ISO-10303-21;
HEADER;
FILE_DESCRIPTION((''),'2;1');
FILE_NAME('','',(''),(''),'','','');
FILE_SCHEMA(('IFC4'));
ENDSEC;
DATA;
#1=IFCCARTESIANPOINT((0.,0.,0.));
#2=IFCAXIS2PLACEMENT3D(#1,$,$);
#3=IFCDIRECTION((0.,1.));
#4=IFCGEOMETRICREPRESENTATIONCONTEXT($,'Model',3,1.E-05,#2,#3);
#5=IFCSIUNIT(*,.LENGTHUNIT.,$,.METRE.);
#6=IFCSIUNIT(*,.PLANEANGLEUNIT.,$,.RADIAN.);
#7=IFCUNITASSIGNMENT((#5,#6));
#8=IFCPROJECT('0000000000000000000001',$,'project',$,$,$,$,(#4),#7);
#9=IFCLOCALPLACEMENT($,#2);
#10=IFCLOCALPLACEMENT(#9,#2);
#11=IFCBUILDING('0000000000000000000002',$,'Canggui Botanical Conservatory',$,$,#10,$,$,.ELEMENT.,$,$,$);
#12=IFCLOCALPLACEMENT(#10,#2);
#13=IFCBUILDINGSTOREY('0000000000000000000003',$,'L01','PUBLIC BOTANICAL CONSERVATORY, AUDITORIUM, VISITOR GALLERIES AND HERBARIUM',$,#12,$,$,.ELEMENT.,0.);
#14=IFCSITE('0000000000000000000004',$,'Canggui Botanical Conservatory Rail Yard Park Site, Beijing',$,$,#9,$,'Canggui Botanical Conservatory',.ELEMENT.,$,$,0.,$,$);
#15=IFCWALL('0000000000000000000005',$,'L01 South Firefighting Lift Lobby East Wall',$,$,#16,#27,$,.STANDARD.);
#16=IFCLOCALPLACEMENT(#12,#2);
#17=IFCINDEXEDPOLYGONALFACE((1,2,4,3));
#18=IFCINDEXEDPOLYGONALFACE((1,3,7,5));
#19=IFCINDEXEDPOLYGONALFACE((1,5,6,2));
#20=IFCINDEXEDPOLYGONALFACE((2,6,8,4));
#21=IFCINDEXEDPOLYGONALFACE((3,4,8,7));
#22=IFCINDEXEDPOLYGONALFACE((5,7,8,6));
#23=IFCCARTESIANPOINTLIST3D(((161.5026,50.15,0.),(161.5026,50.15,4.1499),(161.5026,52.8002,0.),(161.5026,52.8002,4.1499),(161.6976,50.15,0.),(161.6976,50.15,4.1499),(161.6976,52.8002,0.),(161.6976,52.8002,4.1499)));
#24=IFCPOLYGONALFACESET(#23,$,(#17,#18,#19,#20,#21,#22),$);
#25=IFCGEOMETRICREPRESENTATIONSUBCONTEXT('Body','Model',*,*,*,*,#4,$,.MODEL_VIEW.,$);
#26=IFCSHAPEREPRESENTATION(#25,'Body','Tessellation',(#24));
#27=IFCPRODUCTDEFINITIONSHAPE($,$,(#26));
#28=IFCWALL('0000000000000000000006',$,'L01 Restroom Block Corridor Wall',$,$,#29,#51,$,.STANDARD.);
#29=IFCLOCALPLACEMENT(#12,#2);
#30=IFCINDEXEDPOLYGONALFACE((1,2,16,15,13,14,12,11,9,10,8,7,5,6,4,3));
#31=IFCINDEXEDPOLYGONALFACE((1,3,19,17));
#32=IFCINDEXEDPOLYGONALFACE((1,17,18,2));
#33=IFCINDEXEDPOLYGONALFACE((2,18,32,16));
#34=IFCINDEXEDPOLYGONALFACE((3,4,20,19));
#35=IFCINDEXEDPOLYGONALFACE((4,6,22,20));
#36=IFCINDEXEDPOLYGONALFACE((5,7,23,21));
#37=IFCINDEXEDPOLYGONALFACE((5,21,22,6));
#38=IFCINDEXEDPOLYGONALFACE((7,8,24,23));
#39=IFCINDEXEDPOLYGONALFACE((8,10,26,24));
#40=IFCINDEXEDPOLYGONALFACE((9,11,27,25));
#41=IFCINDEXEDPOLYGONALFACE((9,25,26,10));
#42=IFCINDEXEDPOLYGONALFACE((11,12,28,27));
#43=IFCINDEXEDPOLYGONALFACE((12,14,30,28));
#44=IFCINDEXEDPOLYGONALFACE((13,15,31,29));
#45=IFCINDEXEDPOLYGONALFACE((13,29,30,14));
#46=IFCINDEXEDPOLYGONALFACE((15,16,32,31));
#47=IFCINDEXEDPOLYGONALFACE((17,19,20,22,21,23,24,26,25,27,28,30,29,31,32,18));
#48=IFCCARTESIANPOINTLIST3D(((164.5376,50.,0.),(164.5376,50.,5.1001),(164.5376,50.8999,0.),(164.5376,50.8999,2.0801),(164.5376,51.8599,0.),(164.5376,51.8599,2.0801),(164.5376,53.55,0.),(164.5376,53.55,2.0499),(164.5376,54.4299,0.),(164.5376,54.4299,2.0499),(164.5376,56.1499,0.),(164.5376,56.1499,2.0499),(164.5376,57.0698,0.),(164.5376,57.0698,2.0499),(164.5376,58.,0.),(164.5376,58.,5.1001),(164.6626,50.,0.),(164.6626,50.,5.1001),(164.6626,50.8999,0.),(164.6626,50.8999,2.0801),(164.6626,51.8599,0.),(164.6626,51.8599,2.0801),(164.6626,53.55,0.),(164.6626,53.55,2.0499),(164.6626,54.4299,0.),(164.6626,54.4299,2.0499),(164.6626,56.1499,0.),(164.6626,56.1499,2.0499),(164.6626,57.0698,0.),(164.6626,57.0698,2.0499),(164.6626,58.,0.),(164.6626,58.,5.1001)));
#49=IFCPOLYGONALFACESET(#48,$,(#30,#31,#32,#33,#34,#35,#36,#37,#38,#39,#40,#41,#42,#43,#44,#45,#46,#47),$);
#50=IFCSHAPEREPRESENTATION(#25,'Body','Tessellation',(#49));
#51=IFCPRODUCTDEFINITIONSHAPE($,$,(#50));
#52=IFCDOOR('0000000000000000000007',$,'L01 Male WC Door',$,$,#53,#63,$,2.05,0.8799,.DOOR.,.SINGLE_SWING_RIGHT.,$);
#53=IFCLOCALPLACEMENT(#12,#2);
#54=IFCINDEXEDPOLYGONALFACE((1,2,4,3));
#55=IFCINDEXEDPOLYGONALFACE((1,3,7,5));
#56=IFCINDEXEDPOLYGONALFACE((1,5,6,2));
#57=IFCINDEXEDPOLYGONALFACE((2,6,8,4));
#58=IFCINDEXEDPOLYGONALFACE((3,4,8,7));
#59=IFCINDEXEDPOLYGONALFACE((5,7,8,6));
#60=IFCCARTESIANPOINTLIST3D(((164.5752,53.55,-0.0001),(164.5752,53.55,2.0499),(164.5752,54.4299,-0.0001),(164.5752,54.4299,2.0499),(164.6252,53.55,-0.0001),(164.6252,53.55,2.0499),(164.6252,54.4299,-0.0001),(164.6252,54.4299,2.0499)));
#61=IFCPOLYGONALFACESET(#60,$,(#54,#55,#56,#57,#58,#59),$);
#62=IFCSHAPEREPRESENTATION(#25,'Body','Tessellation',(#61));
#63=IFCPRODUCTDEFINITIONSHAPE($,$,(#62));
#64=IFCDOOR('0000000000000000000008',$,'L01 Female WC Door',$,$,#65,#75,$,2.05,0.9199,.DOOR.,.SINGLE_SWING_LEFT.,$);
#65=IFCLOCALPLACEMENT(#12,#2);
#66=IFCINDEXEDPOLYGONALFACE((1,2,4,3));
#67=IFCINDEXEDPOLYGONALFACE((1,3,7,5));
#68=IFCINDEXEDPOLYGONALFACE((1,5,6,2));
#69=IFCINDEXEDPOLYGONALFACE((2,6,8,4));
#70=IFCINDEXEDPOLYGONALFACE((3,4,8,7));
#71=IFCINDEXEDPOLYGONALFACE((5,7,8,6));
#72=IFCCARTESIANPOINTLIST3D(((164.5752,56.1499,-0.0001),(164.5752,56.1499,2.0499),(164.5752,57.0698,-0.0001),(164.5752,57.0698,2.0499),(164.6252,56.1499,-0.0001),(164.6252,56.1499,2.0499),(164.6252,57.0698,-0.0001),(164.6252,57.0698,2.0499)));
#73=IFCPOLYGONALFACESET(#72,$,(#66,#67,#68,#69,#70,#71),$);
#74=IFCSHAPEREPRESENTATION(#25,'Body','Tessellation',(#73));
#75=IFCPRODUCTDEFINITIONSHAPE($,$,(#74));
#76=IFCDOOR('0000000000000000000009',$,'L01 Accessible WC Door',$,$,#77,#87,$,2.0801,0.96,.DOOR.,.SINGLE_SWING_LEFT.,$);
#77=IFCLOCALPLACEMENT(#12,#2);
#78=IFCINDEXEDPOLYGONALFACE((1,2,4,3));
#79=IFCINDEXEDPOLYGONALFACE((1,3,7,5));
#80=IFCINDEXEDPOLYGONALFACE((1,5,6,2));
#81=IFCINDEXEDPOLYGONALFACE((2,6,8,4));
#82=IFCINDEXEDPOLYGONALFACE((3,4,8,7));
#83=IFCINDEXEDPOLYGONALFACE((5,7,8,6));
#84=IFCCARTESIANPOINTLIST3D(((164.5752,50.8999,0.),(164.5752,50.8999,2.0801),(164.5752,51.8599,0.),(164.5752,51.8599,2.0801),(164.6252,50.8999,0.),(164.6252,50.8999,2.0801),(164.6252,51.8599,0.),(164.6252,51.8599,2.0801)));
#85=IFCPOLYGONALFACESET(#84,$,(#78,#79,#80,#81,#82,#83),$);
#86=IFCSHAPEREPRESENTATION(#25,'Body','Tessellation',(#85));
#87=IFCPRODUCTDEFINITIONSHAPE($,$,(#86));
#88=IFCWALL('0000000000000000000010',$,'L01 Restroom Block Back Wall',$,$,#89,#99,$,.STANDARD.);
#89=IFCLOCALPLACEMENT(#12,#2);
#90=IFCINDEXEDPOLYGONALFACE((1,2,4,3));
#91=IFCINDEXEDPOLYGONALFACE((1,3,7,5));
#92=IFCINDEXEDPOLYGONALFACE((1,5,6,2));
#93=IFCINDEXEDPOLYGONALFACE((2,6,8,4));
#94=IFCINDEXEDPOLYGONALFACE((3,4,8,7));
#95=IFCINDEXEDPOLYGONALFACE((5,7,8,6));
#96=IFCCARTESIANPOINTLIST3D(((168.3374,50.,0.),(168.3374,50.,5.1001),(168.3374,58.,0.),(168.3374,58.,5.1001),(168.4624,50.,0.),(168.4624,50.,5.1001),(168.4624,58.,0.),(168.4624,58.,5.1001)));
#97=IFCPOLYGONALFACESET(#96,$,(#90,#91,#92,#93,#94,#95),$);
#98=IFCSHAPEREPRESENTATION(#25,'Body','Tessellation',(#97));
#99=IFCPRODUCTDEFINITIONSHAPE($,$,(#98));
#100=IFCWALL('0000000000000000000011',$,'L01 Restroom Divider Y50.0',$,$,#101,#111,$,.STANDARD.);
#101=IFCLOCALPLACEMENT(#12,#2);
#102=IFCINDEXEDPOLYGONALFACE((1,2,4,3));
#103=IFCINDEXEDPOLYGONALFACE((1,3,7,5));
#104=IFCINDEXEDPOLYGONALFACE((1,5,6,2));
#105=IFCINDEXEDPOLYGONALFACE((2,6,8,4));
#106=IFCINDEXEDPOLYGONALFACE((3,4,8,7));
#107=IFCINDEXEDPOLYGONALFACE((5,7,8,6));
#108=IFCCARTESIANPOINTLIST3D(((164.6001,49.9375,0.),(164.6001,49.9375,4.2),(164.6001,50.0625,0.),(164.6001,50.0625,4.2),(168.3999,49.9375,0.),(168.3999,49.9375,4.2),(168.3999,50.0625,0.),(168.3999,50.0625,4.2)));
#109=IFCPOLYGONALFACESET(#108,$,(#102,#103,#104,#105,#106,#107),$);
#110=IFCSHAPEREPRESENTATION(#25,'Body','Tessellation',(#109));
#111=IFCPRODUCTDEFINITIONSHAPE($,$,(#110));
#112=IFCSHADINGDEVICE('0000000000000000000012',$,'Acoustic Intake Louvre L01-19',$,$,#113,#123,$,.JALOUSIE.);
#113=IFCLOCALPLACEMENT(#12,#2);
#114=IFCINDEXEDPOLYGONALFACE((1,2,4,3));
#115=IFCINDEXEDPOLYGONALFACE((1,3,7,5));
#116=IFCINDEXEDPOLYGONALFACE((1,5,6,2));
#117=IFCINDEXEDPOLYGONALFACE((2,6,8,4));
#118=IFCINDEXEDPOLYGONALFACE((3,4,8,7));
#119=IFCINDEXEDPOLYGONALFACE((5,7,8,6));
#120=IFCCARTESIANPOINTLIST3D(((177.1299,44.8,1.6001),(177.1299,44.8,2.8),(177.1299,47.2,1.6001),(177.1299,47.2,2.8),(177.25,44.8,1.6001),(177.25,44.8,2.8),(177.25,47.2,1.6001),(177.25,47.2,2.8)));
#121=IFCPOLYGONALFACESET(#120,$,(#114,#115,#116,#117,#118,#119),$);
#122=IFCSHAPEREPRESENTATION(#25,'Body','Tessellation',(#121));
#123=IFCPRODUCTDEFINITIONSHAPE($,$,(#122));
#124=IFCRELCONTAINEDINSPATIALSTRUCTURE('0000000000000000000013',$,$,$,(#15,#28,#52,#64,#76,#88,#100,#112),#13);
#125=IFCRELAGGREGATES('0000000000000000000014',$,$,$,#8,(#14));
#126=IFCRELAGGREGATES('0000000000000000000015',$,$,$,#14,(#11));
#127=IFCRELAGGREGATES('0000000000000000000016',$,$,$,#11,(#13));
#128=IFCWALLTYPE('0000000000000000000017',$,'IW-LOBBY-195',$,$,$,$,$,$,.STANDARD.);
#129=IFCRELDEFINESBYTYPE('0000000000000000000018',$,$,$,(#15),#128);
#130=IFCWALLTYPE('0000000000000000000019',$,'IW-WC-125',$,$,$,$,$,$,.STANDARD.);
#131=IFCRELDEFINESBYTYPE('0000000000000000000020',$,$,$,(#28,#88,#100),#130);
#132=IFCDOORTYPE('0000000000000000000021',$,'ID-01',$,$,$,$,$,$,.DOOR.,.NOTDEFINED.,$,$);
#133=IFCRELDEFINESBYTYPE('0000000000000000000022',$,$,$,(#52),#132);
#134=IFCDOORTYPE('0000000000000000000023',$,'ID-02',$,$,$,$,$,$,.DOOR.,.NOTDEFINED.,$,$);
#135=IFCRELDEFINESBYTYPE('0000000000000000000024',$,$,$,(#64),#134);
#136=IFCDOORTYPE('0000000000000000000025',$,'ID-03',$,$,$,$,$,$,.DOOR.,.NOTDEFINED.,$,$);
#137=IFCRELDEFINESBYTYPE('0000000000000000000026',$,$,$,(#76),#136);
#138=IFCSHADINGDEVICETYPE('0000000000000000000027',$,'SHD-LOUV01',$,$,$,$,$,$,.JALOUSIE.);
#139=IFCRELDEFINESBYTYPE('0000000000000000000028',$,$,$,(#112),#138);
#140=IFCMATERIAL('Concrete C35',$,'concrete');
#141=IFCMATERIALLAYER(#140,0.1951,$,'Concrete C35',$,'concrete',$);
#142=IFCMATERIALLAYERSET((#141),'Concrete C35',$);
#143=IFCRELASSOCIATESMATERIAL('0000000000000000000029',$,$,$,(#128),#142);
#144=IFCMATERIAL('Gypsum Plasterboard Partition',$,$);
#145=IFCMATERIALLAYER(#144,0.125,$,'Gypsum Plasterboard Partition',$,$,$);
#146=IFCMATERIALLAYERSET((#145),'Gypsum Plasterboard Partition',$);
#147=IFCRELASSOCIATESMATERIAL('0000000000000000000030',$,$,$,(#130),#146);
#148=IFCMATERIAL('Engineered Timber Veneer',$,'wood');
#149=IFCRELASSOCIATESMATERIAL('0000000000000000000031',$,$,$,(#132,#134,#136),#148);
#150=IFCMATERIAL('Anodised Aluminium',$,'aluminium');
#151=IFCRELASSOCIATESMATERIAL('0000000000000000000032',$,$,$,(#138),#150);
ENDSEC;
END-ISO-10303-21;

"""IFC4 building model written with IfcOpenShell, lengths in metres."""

from ifc_helpers import new_model, si_unit, direction, frame, frame_2d, origin, origin_2d, place, context, subcontext, project, spatial, rectangle, extrude, material, layer, layer_set, type_object, element, fill, save


model = new_model("IFC4")

# Units and contexts
model_context = context("Model", 3, precision=1e-05, world=origin(), true_north=direction((0.0, 1.0)))
body_context = subcontext(model_context, "Body", "Model", "MODEL_VIEW")
ifc_project = project(units=[si_unit("LENGTHUNIT", "METRE"), si_unit("PLANEANGLEUNIT", "RADIAN")], contexts=[model_context])

# Site, building, storey
site_placement = place(None, origin())
site = spatial("IfcSite", under=ifc_project, at=site_placement, Name="Canggui Botanical Conservatory Rail Yard Park Site, Beijing", LongName="Canggui Botanical Conservatory", CompositionType="ELEMENT", RefElevation=0.0)
building_placement = place(site_placement, origin())
building = spatial("IfcBuilding", under=site, at=building_placement, Name="Canggui Botanical Conservatory", CompositionType="ELEMENT")
storey_placement = place(building_placement, origin())
storey = spatial("IfcBuildingStorey", under=building, at=storey_placement, Name="L01", Description="PUBLIC BOTANICAL CONSERVATORY, AUDITORIUM, VISITOR GALLERIES AND HERBARIUM", CompositionType="ELEMENT", Elevation=0.0)

# Shared definitions
ifc_material_1 = material(Name="Concrete C35", Category="concrete")

# Wall
ifc_layer_1 = layer(ifc_material_1, 0.1951, Name="Concrete C35", Category="concrete")
ifc_layer_set_1 = layer_set([ifc_layer_1], Name="Concrete C35")
wall_type_1 = type_object("IfcWallType", Name="IW-LOBBY-195", PredefinedType="STANDARD", material=ifc_layer_set_1)
wall_1_placement = place(storey_placement, frame((161.6001, 50.1499, 0.0), z_axis=(0.0, 0.0, 1.0), x_axis=(0.0, 1.0, 0.0)))
element("IfcWall", 1, at=wall_1_placement, inside=storey, type_object=wall_type_1, Name="L01 South Firefighting Lift Lobby East Wall", PredefinedType="STANDARD", context=body_context, shape_type="SweptSolid", body=[
    extrude(rectangle(XDim=2.6501, YDim=0.1951, at=frame_2d((1.3252, 0.0))), origin(), (0.0, 0.0, 1.0), 4.1499),
])

# Wall, openings, doors
ifc_material_2 = material(Name="Gypsum Plasterboard Partition")
ifc_layer_2 = layer(ifc_material_2, 0.125, Name="Gypsum Plasterboard Partition")
ifc_layer_set_2 = layer_set([ifc_layer_2], Name="Gypsum Plasterboard Partition")
wall_type_2 = type_object("IfcWallType", Name="IW-WC-125", PredefinedType="STANDARD", material=ifc_layer_set_2)
wall_2_placement = place(storey_placement, frame((164.6001, 50.0, 0.0), z_axis=(0.0, 0.0, 1.0), x_axis=(0.0, 1.0, 0.0)))
wall_2 = element("IfcWall", 2, at=wall_2_placement, inside=storey, type_object=wall_type_2, Name="L01 Restroom Block Corridor Wall", PredefinedType="STANDARD", context=body_context, shape_type="SweptSolid", body=[
    extrude(rectangle(XDim=8.0, YDim=0.125, at=frame_2d((4.0, 0.0))), origin(), (0.0, 0.0, 1.0), 5.1001),
])
opening_1_placement = place(wall_2_placement, frame((0.8999, 0.0, 0.0)))
opening_1 = element("IfcOpeningElement", 3, at=opening_1_placement, cuts=wall_2, PredefinedType="OPENING", context=body_context, shape_type="SweptSolid", body=[
    extrude(rectangle(XDim=0.96, YDim=2.0801, at=frame_2d((0.48, 1.04))), frame((0.0, 0.0725, 0.0), z_axis=(0.0, -1.0, 0.0), x_axis=(1.0, 0.0, 0.0)), (0.0, 0.0, 1.0), 0.145),
])
opening_2_placement = place(wall_2_placement, frame((3.55, 0.0, 0.0)))
opening_2 = element("IfcOpeningElement", 4, at=opening_2_placement, cuts=wall_2, PredefinedType="OPENING", context=body_context, shape_type="SweptSolid", body=[
    extrude(rectangle(XDim=0.8799, YDim=2.05, at=frame_2d((0.4399, 1.0249))), frame((0.0, 0.0725, 0.0), z_axis=(0.0, -1.0, 0.0), x_axis=(1.0, 0.0, 0.0)), (0.0, 0.0, 1.0), 0.145),
])
opening_3_placement = place(wall_2_placement, frame((6.1499, 0.0, 0.0)))
opening_3 = element("IfcOpeningElement", 5, at=opening_3_placement, cuts=wall_2, PredefinedType="OPENING", context=body_context, shape_type="SweptSolid", body=[
    extrude(rectangle(XDim=0.9199, YDim=2.05, at=frame_2d((0.46, 1.0249))), frame((0.0, 0.0725, 0.0), z_axis=(0.0, -1.0, 0.0), x_axis=(1.0, 0.0, 0.0)), (0.0, 0.0, 1.0), 0.145),
])
ifc_material_3 = material(Name="Engineered Timber Veneer", Category="wood")
door_type_1 = type_object("IfcDoorType", Name="ID-01", OperationType="NOTDEFINED", PredefinedType="DOOR", material=ifc_material_3)
door_1_placement = place(opening_2_placement, origin())
door_1 = element("IfcDoor", 6, at=door_1_placement, inside=storey, type_object=door_type_1, Name="L01 Male WC Door", OperationType="SINGLE_SWING_RIGHT", OverallHeight=2.05, OverallWidth=0.8799, PredefinedType="DOOR", context=body_context, shape_type="SweptSolid", body=[
    extrude(rectangle(XDim=0.8799, YDim=2.05, at=frame_2d((0.4399, 1.0249))), frame((0.0, 0.0249, 0.0), z_axis=(0.0, -1.0, 0.0), x_axis=(1.0, 0.0, 0.0)), (0.0, 0.0, 1.0), 0.05),
])
fill(opening_2, door_1)
door_type_2 = type_object("IfcDoorType", Name="ID-02", OperationType="NOTDEFINED", PredefinedType="DOOR", material=ifc_material_3)
door_2_placement = place(opening_3_placement, origin())
door_2 = element("IfcDoor", 7, at=door_2_placement, inside=storey, type_object=door_type_2, Name="L01 Female WC Door", OperationType="SINGLE_SWING_LEFT", OverallHeight=2.05, OverallWidth=0.9199, PredefinedType="DOOR", context=body_context, shape_type="SweptSolid", body=[
    extrude(rectangle(XDim=0.9199, YDim=2.05, at=frame_2d((0.46, 1.0249))), frame((0.0, 0.0249, 0.0), z_axis=(0.0, -1.0, 0.0), x_axis=(1.0, 0.0, 0.0)), (0.0, 0.0, 1.0), 0.05),
])
fill(opening_3, door_2)
door_type_3 = type_object("IfcDoorType", Name="ID-03", OperationType="NOTDEFINED", PredefinedType="DOOR", material=ifc_material_3)
door_3_placement = place(opening_1_placement, origin())
door_3 = element("IfcDoor", 8, at=door_3_placement, inside=storey, type_object=door_type_3, Name="L01 Accessible WC Door", OperationType="SINGLE_SWING_LEFT", OverallHeight=2.0801, OverallWidth=0.96, PredefinedType="DOOR", context=body_context, shape_type="SweptSolid", body=[
    extrude(rectangle(XDim=0.96, YDim=2.0801, at=frame_2d((0.48, 1.04))), frame((0.0, 0.0249, 0.0), z_axis=(0.0, -1.0, 0.0), x_axis=(1.0, 0.0, 0.0)), (0.0, 0.0, 1.0), 0.05),
])
fill(opening_1, door_3)

# Walls
wall_3_placement = place(storey_placement, frame((168.3999, 50.0, 0.0), z_axis=(0.0, 0.0, 1.0), x_axis=(0.0, 1.0, 0.0)))
element("IfcWall", 9, at=wall_3_placement, inside=storey, type_object=wall_type_2, Name="L01 Restroom Block Back Wall", PredefinedType="STANDARD", context=body_context, shape_type="SweptSolid", body=[
    extrude(rectangle(XDim=8.0, YDim=0.125, at=frame_2d((4.0, 0.0))), origin(), (0.0, 0.0, 1.0), 5.1001),
])
wall_4_placement = place(storey_placement, frame((164.6001, 50.0, 0.0), z_axis=(0.0, 0.0, 1.0), x_axis=(1.0, 0.0, 0.0)))
element("IfcWall", 10, at=wall_4_placement, inside=storey, type_object=wall_type_2, Name="L01 Restroom Divider Y50.0", PredefinedType="STANDARD", context=body_context, shape_type="SweptSolid", body=[
    extrude(rectangle(XDim=3.7998, YDim=0.125, at=frame_2d((1.8999, 0.0))), origin(), (0.0, 0.0, 1.0), 4.2),
])

# Shading device
ifc_material_4 = material(Name="Anodised Aluminium", Category="aluminium")
shading_device_type = type_object("IfcShadingDeviceType", Name="SHD-LOUV01", PredefinedType="JALOUSIE", material=ifc_material_4)
shading_device_placement = place(storey_placement, frame((177.1899, 46.0, 1.6001), z_axis=(0.0, 0.0, 1.0), x_axis=(0.0, 1.0, 0.0)))
element("IfcShadingDevice", 11, at=shading_device_placement, inside=storey, type_object=shading_device_type, Name="Acoustic Intake Louvre L01-19", PredefinedType="JALOUSIE", context=body_context, shape_type="SweptSolid", body=[
    extrude(rectangle(XDim=2.3999, YDim=0.1201, at=origin_2d()), origin(), (0.0, 0.0, 1.0), 1.2),
])

save(model, "model.ifc")
